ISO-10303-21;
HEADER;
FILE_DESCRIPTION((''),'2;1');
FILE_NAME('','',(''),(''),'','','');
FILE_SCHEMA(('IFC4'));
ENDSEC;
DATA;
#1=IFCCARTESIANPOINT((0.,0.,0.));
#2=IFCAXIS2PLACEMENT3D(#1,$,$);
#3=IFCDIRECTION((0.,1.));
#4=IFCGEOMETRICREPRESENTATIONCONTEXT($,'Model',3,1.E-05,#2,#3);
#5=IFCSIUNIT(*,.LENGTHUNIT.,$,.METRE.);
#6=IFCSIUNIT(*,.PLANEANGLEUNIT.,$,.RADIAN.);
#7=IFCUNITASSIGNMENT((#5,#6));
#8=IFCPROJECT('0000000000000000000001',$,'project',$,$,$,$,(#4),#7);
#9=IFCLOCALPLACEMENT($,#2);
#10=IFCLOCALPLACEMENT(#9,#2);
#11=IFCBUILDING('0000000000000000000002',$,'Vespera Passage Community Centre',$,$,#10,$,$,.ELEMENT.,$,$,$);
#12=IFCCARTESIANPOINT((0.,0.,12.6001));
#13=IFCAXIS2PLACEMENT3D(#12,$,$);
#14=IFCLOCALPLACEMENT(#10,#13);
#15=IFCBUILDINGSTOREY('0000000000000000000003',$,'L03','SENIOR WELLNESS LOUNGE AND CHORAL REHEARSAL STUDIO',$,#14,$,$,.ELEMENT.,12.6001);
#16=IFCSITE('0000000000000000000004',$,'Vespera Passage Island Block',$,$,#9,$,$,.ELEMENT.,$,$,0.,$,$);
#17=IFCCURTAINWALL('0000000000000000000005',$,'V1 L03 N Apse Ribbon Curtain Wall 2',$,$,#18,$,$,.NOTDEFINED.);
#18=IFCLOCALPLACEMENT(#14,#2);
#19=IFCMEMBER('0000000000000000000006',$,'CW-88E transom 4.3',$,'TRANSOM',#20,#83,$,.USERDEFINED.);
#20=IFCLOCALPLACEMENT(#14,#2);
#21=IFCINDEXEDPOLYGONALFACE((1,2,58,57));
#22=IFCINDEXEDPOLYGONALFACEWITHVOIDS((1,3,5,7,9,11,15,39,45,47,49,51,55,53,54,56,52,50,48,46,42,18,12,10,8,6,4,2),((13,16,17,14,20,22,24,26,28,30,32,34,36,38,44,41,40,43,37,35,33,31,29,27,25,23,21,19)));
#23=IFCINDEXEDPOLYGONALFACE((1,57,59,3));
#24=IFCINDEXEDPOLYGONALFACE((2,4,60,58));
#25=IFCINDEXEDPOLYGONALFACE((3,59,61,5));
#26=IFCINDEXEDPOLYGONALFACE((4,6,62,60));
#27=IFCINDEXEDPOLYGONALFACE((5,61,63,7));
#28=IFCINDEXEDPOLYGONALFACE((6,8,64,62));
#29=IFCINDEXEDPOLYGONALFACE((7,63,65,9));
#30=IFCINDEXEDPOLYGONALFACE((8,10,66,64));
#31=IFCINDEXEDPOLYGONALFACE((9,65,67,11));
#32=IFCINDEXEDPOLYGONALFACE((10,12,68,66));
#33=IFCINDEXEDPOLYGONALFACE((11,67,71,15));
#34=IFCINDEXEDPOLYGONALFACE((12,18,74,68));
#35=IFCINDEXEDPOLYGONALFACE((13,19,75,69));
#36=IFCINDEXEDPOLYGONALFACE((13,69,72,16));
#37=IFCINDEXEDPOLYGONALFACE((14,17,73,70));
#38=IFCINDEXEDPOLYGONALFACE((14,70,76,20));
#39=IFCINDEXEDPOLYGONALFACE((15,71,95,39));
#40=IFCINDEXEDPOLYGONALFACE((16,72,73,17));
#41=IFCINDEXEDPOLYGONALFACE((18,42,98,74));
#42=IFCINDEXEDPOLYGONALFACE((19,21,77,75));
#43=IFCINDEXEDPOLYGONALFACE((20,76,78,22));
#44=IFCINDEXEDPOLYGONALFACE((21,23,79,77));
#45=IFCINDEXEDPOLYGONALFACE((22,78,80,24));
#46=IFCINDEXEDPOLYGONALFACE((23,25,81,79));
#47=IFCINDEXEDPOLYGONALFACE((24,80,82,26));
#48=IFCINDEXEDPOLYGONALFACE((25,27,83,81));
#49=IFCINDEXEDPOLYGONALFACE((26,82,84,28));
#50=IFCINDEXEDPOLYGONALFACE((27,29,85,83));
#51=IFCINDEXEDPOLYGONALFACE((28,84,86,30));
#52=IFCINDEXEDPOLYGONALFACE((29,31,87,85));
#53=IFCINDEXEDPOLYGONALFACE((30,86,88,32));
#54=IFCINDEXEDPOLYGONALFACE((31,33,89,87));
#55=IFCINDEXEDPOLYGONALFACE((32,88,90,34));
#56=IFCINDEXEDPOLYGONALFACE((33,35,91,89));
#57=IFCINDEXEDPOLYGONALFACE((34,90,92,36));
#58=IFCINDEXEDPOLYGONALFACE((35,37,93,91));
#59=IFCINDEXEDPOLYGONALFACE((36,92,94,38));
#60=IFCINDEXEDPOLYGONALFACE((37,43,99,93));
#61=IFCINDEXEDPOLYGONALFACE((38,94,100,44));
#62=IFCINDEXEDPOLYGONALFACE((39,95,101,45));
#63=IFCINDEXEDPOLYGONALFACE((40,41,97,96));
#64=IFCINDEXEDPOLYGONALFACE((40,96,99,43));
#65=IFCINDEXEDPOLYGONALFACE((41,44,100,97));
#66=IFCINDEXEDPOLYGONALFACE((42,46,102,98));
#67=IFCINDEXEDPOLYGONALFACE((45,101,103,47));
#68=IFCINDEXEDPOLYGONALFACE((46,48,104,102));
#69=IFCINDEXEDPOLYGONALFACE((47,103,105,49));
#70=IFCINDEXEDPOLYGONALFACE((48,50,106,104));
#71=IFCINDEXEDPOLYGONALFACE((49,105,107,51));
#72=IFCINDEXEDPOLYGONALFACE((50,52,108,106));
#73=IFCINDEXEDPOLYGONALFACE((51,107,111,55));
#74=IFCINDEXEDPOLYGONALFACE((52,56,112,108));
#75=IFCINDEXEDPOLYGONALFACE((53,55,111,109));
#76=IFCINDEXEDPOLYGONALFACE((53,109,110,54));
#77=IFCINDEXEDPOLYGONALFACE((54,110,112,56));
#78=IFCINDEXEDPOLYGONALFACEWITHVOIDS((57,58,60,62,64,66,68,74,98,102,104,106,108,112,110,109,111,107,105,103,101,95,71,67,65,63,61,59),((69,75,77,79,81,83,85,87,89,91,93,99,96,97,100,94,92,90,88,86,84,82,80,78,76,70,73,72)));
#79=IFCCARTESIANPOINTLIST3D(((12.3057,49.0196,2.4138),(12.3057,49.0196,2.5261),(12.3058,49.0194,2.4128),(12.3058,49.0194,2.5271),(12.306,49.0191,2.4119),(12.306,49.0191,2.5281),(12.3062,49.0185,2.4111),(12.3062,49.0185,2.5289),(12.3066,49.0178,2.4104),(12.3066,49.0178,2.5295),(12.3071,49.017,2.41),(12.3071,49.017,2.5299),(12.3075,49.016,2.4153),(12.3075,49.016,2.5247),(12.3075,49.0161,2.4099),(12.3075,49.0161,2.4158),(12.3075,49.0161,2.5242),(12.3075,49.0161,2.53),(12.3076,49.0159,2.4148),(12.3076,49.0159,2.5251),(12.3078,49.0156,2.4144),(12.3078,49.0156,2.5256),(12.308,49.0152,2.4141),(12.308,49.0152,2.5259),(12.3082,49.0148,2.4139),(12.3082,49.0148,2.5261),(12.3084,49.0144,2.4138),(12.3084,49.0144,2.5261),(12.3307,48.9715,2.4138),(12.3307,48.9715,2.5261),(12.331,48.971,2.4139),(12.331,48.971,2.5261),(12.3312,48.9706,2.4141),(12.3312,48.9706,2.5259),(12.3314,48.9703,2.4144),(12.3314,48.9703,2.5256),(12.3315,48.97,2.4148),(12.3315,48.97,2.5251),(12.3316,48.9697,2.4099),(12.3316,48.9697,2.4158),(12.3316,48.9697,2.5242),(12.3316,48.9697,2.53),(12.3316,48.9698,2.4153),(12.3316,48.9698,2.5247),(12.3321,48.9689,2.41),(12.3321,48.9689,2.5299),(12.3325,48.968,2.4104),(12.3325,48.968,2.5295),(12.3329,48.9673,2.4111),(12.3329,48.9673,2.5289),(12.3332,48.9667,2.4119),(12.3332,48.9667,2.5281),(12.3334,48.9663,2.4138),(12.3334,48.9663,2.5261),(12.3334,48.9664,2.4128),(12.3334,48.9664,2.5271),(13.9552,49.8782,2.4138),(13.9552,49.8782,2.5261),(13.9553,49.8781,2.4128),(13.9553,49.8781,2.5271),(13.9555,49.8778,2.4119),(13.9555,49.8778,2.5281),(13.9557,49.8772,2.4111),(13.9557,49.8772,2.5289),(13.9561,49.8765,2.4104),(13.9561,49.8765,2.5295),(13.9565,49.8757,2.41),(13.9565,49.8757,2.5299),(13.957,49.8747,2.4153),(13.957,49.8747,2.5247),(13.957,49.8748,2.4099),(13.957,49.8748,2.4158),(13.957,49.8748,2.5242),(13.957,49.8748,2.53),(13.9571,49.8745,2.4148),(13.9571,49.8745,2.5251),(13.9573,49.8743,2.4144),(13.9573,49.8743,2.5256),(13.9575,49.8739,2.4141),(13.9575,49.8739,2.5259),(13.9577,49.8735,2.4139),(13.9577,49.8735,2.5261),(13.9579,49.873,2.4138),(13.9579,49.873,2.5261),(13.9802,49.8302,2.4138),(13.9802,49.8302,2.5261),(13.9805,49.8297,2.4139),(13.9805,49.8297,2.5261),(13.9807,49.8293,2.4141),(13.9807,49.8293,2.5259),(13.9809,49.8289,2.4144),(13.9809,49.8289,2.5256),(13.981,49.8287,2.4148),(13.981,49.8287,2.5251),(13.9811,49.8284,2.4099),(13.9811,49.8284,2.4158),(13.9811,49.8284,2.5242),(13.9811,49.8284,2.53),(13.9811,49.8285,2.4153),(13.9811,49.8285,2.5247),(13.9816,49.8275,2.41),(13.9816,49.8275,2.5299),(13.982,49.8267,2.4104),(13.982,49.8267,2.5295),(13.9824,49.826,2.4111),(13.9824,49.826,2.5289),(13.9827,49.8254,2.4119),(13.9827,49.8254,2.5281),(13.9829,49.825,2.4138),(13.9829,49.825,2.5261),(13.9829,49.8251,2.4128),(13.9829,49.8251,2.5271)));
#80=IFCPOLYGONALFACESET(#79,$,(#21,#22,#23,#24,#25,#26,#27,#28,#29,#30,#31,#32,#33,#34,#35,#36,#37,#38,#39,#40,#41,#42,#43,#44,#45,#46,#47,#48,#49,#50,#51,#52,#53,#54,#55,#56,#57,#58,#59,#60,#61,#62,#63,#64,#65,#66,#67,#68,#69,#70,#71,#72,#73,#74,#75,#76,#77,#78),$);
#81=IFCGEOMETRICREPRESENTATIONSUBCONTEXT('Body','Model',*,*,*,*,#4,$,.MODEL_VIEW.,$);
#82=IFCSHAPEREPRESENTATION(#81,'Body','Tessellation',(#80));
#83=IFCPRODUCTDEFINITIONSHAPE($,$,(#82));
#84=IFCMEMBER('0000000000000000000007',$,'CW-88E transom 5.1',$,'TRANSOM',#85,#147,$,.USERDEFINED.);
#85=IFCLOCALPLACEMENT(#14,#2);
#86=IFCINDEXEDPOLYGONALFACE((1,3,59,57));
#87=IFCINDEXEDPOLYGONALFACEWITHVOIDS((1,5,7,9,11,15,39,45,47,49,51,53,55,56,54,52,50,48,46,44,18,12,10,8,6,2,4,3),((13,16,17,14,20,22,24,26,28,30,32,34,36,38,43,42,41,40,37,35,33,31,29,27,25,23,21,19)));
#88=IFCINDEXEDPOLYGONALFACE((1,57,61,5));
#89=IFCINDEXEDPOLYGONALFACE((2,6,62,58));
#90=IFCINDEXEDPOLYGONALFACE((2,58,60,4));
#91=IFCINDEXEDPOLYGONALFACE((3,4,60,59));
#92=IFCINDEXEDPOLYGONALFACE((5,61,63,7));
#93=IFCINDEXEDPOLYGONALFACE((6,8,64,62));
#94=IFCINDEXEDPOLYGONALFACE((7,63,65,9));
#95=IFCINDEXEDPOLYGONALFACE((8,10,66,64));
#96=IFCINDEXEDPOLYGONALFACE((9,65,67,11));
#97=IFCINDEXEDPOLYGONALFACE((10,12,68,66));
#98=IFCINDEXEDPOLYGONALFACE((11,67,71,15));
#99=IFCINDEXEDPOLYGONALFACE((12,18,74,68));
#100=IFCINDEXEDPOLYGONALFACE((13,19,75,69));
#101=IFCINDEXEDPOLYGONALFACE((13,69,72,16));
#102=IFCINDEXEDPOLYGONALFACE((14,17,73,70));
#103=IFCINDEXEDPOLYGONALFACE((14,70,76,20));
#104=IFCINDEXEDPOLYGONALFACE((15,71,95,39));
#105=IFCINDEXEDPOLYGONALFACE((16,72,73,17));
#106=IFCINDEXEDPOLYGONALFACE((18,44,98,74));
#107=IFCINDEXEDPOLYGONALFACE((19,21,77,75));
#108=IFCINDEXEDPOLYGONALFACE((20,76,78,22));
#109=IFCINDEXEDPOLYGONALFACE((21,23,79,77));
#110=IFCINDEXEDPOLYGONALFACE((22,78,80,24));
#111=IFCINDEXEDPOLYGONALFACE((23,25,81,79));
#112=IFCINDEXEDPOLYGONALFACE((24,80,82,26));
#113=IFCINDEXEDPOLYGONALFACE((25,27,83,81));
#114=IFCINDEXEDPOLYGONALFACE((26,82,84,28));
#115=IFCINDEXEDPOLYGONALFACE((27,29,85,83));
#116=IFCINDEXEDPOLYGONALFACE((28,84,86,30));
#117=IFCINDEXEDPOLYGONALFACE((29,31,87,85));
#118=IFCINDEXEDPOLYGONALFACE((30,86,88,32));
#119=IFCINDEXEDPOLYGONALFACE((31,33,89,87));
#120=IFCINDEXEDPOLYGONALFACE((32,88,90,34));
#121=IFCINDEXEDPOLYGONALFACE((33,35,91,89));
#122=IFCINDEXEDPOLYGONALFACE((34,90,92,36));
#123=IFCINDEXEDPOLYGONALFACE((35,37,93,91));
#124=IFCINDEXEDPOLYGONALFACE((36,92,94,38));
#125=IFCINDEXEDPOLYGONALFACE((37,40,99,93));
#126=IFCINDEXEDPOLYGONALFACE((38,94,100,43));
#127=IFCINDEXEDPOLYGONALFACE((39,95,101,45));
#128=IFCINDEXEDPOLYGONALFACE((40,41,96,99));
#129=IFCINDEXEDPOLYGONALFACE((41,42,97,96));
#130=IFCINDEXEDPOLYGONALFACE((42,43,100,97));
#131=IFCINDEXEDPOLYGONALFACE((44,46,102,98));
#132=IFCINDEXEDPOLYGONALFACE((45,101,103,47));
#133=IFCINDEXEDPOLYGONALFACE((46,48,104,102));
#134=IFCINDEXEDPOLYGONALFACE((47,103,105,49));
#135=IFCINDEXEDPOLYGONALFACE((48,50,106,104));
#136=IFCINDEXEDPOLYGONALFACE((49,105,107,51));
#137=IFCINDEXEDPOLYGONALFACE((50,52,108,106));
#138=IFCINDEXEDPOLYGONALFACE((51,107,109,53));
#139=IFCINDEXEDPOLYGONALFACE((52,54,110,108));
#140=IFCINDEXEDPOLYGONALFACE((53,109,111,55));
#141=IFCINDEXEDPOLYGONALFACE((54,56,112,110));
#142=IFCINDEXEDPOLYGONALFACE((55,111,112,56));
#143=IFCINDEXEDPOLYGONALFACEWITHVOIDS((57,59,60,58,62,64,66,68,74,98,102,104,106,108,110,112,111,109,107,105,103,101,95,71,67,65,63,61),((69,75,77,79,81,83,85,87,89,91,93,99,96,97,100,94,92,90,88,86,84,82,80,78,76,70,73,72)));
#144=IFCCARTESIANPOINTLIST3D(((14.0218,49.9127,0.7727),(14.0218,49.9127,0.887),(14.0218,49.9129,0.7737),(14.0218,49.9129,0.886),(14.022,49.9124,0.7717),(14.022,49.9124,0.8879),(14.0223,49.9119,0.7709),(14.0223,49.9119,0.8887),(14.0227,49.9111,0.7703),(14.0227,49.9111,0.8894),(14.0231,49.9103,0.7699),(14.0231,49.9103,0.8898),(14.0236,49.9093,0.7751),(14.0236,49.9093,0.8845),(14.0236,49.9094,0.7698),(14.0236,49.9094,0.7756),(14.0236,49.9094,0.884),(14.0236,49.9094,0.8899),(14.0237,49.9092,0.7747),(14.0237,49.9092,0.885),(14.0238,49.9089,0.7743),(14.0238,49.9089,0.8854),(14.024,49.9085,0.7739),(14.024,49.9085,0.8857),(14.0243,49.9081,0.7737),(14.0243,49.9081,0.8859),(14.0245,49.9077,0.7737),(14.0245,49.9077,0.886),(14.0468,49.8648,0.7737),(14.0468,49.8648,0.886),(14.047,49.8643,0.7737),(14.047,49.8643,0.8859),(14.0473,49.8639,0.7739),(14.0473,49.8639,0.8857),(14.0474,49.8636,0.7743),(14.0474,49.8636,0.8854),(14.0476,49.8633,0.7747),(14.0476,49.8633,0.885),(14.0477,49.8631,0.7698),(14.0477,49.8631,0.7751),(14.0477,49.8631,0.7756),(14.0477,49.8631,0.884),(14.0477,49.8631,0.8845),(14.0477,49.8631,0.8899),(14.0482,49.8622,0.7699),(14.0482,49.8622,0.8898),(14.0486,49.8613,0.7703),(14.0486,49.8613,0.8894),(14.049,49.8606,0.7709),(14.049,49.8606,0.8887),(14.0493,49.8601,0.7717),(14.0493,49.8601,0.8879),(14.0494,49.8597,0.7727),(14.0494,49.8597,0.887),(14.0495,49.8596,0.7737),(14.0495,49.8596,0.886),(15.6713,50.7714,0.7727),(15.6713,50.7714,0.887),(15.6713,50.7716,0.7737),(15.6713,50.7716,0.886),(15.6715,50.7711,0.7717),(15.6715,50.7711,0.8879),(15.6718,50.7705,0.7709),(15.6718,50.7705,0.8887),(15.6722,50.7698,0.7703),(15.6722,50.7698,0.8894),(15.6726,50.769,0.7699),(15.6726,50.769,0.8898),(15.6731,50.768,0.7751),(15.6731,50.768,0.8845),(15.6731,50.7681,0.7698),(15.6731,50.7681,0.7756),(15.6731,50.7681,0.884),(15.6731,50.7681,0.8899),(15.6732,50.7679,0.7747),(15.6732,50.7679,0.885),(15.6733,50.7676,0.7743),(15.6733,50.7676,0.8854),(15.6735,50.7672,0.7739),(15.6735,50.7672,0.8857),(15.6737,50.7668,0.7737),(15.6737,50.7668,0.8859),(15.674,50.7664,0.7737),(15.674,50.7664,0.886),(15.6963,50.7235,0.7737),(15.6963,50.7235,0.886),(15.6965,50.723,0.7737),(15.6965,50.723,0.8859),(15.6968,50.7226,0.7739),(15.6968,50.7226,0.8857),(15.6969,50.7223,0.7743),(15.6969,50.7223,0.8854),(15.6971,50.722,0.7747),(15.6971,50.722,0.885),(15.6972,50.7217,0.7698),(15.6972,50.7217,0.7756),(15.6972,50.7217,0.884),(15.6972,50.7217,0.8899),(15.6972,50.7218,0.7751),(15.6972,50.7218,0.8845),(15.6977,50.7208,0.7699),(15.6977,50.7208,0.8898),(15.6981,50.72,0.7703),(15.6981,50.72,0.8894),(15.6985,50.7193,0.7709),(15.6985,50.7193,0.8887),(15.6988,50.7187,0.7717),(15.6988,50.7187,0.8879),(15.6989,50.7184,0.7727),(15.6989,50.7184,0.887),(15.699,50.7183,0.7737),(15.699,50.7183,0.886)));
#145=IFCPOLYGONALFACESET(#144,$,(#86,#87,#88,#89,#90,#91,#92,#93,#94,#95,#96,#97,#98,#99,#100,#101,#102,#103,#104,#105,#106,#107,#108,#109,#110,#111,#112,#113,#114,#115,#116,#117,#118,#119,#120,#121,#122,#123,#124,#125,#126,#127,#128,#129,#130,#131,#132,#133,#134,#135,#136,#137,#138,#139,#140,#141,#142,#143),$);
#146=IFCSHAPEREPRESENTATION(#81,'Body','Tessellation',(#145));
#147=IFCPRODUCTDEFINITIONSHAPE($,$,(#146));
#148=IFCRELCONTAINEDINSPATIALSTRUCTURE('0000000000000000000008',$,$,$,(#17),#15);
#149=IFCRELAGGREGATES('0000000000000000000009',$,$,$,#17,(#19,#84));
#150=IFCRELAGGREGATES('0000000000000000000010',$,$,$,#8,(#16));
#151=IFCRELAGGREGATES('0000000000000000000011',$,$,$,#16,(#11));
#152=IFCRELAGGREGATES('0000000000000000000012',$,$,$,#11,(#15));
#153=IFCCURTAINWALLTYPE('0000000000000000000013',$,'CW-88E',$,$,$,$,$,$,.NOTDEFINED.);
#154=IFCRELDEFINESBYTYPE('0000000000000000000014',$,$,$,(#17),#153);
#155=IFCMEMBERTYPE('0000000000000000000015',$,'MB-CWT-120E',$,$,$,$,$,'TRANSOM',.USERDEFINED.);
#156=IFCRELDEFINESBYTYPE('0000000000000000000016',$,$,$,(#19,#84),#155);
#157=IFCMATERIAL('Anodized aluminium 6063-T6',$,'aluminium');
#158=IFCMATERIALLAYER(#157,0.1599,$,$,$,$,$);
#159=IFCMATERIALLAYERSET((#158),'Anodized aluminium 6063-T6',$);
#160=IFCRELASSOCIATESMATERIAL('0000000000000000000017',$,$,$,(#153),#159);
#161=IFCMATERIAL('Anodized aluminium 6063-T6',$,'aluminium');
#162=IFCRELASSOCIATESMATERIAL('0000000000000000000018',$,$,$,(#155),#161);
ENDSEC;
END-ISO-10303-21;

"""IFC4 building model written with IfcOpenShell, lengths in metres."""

from ifc_helpers import new_model, si_unit, direction, frame, origin, origin_2d, place, context, subcontext, project, spatial, hollow_rectangle, extrude, material, layer, layer_set, material_profile, profile_set, type_object, element, aggregate, save


model = new_model("IFC4")

# Units and contexts
model_context = context("Model", 3, precision=1e-05, world=origin(), true_north=direction((0.0, 1.0)))
body_context = subcontext(model_context, "Body", "Model", "MODEL_VIEW")
ifc_project = project(units=[si_unit("LENGTHUNIT", "METRE"), si_unit("PLANEANGLEUNIT", "RADIAN")], contexts=[model_context])

# Site, building, storey
site_placement = place(None, origin())
site = spatial("IfcSite", under=ifc_project, at=site_placement, Name="Vespera Passage Island Block", CompositionType="ELEMENT", RefElevation=0.0)
building_placement = place(site_placement, origin())
building = spatial("IfcBuilding", under=site, at=building_placement, Name="Vespera Passage Community Centre", CompositionType="ELEMENT")
storey_placement = place(building_placement, frame((0.0, 0.0, 12.6001)))
storey = spatial("IfcBuildingStorey", under=building, at=storey_placement, Name="L03", Description="SENIOR WELLNESS LOUNGE AND CHORAL REHEARSAL STUDIO", CompositionType="ELEMENT", Elevation=12.6001)

# Curtain wall, members
ifc_material_1 = material(Name="Anodized aluminium 6063-T6", Category="aluminium")
ifc_layer_1 = layer(ifc_material_1, 0.1599)
ifc_layer_set_1 = layer_set([ifc_layer_1], Name="Anodized aluminium 6063-T6")
curtain_wall_type = type_object("IfcCurtainWallType", Name="CW-88E", PredefinedType="NOTDEFINED", material=ifc_layer_set_1)
curtain_wall_placement = place(storey_placement, origin())
curtain_wall = element("IfcCurtainWall", 1, at=curtain_wall_placement, inside=storey, type_object=curtain_wall_type, Name="V1 L03 N Apse Ribbon Curtain Wall 2", PredefinedType="NOTDEFINED")
ifc_material_2 = material(Name="Anodized aluminium 6063-T6", Category="aluminium")
ifc_material_profile_1 = material_profile(ifc_material_2, hollow_rectangle(XDim=0.0601, YDim=0.1201, WallThickness=0.0039, InnerFilletRadius=0.002, OuterFilletRadius=0.0039, at=origin_2d()), Name="ALU120X60X4")
ifc_profile_set_1 = profile_set([ifc_material_profile_1], Name="Anodized aluminium 6063-T6")
member_type_1 = type_object("IfcMemberType", Name="MB-CWT-120E", ElementType="TRANSOM", PredefinedType="USERDEFINED", material=ifc_profile_set_1)
member_1_placement = place(storey_placement, frame((12.3196, 48.9929, 2.47), z_axis=(0.887008, 0.461754, 0.0), x_axis=(-0.461754, 0.887008, 0.0)))
member_1 = element("IfcMember", 2, at=member_1_placement, type_object=member_type_1, Name="CW-88E transom 4.3", ObjectType="TRANSOM", PredefinedType="USERDEFINED", context=body_context, shape_type="SweptSolid", body=[
    extrude(hollow_rectangle(XDim=0.0601, YDim=0.1201, WallThickness=0.0039, InnerFilletRadius=0.002, OuterFilletRadius=0.0039, at=origin_2d()), origin(), (0.0, 0.0, 1.0), 1.8596),
])
member_2_placement = place(storey_placement, frame((14.0356, 49.8862, 0.8298), z_axis=(0.887008, 0.461754, 0.0), x_axis=(-0.461754, 0.887008, 0.0)))
member_2 = element("IfcMember", 3, at=member_2_placement, type_object=member_type_1, Name="CW-88E transom 5.1", ObjectType="TRANSOM", PredefinedType="USERDEFINED", context=body_context, shape_type="SweptSolid", body=[
    extrude(hollow_rectangle(XDim=0.0601, YDim=0.1201, WallThickness=0.0039, InnerFilletRadius=0.002, OuterFilletRadius=0.0039, at=origin_2d()), origin(), (0.0, 0.0, 1.0), 1.8596),
])
aggregate(curtain_wall, [member_1, member_2])

save(model, "model.ifc")
